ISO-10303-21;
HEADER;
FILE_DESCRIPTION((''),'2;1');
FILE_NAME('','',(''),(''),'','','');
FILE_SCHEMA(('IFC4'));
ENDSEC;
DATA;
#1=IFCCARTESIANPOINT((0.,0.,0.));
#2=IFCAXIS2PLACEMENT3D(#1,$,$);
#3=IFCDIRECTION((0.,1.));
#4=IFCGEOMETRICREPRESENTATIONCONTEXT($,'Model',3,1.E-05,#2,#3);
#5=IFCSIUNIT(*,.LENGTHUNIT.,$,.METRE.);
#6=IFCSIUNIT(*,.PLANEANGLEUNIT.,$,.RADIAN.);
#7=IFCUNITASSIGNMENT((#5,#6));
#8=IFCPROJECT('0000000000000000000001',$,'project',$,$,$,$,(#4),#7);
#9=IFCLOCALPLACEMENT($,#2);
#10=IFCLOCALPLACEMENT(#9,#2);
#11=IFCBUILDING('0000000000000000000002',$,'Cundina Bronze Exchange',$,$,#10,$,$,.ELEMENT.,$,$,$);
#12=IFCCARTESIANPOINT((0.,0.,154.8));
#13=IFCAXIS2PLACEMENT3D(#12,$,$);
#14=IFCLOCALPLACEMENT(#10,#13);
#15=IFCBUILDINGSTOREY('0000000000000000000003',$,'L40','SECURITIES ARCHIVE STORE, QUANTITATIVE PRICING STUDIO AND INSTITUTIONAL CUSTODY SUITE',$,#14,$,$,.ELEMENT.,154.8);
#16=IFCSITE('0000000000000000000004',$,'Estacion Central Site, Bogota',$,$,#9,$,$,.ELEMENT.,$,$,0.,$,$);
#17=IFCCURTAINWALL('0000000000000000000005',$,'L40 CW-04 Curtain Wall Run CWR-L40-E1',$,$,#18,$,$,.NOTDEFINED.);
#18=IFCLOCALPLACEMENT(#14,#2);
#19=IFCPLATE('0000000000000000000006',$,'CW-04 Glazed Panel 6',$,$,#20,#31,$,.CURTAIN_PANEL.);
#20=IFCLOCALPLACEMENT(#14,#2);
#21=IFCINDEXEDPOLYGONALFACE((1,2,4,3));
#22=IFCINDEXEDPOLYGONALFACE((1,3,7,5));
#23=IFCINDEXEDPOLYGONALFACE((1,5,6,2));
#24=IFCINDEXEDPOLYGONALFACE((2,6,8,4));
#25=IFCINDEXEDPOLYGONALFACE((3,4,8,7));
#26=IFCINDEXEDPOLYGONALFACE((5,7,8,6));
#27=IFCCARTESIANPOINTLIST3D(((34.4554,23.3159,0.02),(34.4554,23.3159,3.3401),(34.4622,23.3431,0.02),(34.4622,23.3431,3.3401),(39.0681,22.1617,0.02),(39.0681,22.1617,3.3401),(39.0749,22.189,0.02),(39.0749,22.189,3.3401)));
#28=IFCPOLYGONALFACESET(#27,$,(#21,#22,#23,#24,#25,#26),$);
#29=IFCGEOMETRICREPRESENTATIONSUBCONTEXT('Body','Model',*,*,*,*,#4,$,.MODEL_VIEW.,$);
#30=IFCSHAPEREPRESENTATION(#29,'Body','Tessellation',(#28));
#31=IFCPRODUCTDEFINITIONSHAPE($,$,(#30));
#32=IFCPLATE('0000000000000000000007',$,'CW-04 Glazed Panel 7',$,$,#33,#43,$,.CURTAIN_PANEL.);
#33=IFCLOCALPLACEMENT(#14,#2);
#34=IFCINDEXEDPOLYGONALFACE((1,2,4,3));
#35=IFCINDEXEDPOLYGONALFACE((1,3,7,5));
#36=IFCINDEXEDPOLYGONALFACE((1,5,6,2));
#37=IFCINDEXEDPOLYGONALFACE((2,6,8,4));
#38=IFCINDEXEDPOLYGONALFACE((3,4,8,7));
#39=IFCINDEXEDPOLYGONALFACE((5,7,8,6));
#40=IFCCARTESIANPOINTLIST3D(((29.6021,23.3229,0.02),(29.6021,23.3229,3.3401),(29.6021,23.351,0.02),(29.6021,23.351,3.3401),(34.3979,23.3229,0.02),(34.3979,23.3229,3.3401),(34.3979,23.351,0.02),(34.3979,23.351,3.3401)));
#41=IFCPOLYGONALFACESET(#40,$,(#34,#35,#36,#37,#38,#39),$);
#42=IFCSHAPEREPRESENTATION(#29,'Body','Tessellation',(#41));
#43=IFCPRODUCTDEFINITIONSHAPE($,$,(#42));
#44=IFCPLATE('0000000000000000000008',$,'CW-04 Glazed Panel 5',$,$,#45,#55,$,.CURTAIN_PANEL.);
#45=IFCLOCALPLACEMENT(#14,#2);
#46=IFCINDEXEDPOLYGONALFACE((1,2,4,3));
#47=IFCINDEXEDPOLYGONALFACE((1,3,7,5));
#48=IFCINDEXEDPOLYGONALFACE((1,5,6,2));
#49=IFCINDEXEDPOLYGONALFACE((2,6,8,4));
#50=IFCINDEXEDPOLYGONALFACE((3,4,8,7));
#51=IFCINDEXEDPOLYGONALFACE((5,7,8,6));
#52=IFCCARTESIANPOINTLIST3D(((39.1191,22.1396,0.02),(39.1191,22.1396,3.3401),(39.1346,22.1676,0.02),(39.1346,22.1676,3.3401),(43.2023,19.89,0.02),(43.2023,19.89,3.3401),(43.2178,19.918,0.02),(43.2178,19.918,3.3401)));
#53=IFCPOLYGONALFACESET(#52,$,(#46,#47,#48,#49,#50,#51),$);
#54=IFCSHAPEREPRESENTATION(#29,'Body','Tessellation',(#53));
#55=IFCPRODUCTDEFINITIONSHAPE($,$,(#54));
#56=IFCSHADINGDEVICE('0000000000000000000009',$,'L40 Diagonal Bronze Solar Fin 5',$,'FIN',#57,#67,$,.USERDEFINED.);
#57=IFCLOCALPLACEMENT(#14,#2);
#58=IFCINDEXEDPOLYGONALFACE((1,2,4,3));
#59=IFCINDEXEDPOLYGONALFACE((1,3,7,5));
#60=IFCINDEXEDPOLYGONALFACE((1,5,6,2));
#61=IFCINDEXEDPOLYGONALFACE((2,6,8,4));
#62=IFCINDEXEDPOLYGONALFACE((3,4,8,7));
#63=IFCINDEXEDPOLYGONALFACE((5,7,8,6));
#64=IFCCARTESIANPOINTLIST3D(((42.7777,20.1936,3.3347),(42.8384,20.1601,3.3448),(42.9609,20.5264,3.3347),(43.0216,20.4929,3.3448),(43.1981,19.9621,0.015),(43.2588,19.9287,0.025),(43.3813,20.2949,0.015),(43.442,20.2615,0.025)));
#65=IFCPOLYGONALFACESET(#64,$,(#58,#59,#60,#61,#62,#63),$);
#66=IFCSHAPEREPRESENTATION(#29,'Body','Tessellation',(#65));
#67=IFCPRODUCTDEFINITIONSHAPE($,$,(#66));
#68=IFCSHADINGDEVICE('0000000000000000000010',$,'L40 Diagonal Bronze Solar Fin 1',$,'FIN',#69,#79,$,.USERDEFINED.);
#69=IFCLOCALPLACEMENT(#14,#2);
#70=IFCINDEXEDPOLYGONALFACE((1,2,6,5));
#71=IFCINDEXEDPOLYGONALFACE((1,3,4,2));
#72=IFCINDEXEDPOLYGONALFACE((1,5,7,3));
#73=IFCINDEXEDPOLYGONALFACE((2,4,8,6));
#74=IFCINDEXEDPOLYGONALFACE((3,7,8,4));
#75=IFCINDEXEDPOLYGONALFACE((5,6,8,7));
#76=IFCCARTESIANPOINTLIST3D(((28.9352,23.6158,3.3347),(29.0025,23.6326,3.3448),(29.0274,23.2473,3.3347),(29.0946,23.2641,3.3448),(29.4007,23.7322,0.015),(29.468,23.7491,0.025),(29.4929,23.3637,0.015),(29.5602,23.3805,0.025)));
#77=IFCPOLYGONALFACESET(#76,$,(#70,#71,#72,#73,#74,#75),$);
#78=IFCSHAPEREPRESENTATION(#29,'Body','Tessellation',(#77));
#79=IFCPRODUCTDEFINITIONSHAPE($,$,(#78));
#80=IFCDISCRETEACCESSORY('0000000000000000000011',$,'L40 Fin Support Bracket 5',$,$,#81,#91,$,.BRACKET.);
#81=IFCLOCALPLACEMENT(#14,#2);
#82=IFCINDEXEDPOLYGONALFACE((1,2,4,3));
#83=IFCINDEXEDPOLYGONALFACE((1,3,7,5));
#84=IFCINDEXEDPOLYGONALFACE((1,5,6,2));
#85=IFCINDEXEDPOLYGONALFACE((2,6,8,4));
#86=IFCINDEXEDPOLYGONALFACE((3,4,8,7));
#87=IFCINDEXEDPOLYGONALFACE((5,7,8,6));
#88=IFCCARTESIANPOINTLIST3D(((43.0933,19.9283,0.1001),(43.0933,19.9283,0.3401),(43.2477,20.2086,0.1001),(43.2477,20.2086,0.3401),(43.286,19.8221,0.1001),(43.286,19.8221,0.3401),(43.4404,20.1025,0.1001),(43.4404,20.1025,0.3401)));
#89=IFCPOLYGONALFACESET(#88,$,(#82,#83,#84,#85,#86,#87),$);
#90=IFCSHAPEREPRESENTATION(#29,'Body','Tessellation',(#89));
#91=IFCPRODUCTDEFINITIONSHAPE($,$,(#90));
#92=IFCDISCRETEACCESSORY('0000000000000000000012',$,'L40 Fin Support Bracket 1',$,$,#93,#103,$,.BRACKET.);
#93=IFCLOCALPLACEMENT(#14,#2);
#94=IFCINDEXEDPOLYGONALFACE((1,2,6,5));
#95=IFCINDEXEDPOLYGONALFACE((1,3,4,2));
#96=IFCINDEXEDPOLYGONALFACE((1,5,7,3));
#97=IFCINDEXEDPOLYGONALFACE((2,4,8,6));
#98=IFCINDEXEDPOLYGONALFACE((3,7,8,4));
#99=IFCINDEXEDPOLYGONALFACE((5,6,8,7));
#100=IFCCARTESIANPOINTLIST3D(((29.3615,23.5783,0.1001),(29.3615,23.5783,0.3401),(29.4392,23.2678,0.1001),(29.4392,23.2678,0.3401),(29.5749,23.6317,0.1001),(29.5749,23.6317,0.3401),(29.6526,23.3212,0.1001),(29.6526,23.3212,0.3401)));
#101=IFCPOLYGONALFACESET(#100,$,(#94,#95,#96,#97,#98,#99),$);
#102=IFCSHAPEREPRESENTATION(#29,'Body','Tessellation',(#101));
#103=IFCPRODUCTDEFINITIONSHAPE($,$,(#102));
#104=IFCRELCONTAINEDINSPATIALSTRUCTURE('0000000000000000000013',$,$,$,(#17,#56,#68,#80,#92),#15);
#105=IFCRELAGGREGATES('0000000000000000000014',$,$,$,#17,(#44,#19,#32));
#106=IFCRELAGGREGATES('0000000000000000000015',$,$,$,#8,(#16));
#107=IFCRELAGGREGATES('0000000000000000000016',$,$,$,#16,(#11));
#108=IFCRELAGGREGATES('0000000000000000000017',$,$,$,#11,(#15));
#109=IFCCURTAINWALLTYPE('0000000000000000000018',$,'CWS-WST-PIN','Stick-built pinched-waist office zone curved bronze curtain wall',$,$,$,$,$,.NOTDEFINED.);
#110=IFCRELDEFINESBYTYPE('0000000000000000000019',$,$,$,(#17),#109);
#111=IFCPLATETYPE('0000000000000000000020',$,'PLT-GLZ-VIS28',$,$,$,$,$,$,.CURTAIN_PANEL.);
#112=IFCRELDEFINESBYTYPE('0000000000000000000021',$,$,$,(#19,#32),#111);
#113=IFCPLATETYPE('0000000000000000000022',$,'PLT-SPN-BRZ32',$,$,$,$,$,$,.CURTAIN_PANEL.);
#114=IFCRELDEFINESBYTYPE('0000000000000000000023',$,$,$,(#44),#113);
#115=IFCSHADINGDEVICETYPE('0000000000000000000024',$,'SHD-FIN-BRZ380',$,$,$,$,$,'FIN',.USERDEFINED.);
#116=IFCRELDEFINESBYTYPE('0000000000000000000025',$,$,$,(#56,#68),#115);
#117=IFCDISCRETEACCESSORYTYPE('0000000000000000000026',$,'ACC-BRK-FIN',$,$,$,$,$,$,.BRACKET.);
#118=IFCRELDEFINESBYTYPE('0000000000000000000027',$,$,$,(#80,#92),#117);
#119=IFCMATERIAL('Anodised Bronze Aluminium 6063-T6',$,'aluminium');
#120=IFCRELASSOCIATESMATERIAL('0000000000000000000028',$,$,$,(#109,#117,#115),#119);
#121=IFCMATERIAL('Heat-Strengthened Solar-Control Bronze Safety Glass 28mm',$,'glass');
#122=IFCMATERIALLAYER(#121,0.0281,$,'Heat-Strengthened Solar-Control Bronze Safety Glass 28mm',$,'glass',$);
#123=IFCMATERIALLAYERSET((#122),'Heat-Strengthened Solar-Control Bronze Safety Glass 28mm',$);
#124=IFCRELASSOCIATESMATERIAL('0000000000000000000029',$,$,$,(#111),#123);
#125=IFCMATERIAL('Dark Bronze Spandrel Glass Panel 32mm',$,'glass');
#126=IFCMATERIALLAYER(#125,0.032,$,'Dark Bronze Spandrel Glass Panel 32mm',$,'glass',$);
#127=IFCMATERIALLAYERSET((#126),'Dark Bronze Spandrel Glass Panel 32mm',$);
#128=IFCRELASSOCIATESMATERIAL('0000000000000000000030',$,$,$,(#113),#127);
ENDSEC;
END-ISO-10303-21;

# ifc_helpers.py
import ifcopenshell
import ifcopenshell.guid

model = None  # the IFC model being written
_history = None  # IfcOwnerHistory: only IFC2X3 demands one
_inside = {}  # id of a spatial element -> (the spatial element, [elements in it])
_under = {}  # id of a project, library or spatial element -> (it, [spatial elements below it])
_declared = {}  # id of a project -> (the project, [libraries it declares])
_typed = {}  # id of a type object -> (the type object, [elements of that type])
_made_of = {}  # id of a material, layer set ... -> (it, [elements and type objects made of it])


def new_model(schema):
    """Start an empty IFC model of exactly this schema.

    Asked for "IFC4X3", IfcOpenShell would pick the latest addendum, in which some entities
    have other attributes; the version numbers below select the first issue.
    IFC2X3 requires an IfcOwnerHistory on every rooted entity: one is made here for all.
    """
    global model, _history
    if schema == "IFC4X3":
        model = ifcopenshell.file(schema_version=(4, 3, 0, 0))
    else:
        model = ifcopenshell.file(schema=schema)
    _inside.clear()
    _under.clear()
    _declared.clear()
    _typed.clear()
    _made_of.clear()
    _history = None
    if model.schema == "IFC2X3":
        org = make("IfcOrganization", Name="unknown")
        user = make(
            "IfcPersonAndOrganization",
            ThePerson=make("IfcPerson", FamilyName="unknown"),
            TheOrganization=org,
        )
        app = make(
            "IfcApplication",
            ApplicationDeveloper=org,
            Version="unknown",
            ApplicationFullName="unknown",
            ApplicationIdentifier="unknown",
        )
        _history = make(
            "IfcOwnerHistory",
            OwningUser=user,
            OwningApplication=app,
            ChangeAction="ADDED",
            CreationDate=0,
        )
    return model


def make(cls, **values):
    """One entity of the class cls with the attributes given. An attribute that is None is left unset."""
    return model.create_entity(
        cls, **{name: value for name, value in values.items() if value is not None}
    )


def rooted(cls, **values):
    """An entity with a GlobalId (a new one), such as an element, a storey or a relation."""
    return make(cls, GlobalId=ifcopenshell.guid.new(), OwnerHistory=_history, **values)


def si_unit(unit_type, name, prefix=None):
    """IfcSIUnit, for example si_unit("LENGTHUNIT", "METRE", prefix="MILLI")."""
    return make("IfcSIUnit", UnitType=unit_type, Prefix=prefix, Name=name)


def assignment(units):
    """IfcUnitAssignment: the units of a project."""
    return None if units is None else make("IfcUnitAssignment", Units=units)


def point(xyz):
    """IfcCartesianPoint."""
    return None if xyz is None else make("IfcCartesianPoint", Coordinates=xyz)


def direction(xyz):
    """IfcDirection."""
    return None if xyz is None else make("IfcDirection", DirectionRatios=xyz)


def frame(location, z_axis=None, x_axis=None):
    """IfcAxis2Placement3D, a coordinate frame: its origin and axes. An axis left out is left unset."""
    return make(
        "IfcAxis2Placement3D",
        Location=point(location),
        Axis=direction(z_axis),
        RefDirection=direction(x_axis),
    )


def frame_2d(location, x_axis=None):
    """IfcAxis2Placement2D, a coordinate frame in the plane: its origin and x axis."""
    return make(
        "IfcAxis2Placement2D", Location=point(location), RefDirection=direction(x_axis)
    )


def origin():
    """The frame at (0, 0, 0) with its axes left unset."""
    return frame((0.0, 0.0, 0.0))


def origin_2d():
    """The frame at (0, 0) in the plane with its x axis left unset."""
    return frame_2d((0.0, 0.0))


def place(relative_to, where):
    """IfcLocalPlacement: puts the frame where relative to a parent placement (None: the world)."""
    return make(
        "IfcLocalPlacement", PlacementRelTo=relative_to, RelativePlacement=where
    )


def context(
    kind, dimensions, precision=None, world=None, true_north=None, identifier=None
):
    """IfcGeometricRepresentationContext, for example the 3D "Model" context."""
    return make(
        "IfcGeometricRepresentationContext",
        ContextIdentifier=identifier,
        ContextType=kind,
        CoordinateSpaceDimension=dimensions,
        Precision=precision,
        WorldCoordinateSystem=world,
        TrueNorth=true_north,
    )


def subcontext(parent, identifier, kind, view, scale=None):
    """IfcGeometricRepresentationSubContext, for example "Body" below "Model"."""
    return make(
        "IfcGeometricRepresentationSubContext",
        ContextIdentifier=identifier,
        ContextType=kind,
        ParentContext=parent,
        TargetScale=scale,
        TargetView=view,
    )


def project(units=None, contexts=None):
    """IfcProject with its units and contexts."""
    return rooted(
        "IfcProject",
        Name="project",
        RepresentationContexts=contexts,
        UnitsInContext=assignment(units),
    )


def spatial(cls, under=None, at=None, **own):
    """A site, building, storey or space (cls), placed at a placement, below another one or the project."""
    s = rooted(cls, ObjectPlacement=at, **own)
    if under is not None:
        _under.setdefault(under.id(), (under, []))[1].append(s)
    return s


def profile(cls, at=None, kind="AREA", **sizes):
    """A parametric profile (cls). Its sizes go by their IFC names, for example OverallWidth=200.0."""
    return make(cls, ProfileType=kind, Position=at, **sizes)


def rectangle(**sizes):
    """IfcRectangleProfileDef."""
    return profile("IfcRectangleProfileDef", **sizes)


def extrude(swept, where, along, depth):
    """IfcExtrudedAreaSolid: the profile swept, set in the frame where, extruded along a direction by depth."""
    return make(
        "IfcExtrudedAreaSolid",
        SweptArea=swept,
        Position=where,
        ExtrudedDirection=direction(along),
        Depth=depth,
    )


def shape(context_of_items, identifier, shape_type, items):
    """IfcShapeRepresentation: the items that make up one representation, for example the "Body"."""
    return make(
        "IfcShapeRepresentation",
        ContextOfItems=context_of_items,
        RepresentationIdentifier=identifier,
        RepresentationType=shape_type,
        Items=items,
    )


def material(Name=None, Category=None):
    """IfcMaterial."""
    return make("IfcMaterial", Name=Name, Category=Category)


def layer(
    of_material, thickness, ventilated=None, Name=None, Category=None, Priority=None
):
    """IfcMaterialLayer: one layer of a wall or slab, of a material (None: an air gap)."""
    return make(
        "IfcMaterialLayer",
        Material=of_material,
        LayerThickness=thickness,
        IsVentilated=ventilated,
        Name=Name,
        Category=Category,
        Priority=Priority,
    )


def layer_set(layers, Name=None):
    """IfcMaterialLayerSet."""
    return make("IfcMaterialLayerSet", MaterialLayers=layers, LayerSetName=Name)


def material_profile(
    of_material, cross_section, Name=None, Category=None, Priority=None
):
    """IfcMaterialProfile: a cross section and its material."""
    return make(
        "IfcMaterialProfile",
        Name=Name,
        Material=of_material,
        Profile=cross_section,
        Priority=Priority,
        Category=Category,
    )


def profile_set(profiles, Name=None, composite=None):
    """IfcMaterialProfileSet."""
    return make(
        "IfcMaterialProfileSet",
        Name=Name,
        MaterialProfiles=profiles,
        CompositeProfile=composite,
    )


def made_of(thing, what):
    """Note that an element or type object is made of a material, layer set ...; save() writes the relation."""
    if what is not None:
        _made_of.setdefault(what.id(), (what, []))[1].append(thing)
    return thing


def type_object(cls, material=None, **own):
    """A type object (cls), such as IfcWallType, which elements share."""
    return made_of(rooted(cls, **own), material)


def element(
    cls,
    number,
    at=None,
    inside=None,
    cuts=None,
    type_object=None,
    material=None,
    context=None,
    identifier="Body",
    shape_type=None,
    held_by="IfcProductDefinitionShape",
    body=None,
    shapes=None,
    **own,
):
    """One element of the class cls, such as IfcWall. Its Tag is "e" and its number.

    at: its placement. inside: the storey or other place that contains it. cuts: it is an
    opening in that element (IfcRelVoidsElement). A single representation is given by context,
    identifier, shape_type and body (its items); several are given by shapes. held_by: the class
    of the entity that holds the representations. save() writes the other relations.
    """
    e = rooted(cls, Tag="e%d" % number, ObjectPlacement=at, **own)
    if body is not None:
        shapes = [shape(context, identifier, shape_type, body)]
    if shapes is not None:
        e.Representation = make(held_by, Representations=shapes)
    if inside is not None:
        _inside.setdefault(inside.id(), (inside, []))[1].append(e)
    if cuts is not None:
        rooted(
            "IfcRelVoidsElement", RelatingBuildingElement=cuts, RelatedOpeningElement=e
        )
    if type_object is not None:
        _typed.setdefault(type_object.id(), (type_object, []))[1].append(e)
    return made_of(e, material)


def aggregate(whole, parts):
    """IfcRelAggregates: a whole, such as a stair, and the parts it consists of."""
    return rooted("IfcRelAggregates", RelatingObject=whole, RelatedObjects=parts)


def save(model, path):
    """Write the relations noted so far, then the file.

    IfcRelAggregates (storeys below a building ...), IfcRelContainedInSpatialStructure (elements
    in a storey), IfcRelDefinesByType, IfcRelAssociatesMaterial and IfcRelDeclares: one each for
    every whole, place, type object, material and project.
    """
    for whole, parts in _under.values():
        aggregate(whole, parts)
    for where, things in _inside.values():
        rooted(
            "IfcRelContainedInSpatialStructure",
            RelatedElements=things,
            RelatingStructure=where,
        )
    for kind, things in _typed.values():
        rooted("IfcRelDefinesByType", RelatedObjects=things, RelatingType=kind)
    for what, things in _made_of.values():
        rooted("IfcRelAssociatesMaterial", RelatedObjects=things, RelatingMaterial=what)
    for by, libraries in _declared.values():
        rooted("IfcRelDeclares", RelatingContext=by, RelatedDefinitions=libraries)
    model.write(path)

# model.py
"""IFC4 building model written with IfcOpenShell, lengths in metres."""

from ifc_helpers import new_model, si_unit, direction, frame, origin, origin_2d, place, context, subcontext, project, spatial, rectangle, extrude, material, layer, layer_set, material_profile, profile_set, type_object, element, aggregate, save


model = new_model("IFC4")

# Units and contexts
model_context = context("Model", 3, precision=1e-05, world=origin(), true_north=direction((0.0, 1.0)))
body_context = subcontext(model_context, "Body", "Model", "MODEL_VIEW")
ifc_project = project(units=[si_unit("LENGTHUNIT", "METRE"), si_unit("PLANEANGLEUNIT", "RADIAN")], contexts=[model_context])

# Site, building, storey
site_placement = place(None, origin())
site = spatial("IfcSite", under=ifc_project, at=site_placement, Name="Estacion Central Site, Bogota", CompositionType="ELEMENT", RefElevation=0.0)
building_placement = place(site_placement, origin())
building = spatial("IfcBuilding", under=site, at=building_placement, Name="Cundina Bronze Exchange", CompositionType="ELEMENT")
storey_placement = place(building_placement, frame((0.0, 0.0, 154.8)))
storey = spatial("IfcBuildingStorey", under=building, at=storey_placement, Name="L40", Description="SECURITIES ARCHIVE STORE, QUANTITATIVE PRICING STUDIO AND INSTITUTIONAL CUSTODY SUITE", CompositionType="ELEMENT", Elevation=154.8)

# Curtain wall
ifc_material_1 = material(Name="Anodised Bronze Aluminium 6063-T6", Category="aluminium")
curtain_wall_type = type_object("IfcCurtainWallType", Name="CWS-WST-PIN", Description="Stick-built pinched-waist office zone curved bronze curtain wall", PredefinedType="NOTDEFINED", material=ifc_material_1)
curtain_wall_1_placement = place(storey_placement, origin())
curtain_wall_1 = element("IfcCurtainWall", 1, at=curtain_wall_1_placement, inside=storey, type_object=curtain_wall_type, Name="L40 CW-04 Curtain Wall Run CWR-L40-E1", PredefinedType="NOTDEFINED")

# Plates
ifc_material_2 = material(Name="Heat-Strengthened Solar-Control Bronze Safety Glass 28mm", Category="glass")
ifc_layer_1 = layer(ifc_material_2, 0.0281, Name="Heat-Strengthened Solar-Control Bronze Safety Glass 28mm", Category="glass")
ifc_layer_set_1 = layer_set([ifc_layer_1], Name="Heat-Strengthened Solar-Control Bronze Safety Glass 28mm")
plate_type_1 = type_object("IfcPlateType", Name="PLT-GLZ-VIS28", PredefinedType="CURTAIN_PANEL", material=ifc_layer_set_1)
plate_1_placement = place(storey_placement, frame((36.7651, 22.7524, 0.02), z_axis=(0.0, 0.0, 1.0), x_axis=(-0.970093, 0.242735, 0.0)))
plate_1 = element("IfcPlate", 2, at=plate_1_placement, type_object=plate_type_1, Name="CW-04 Glazed Panel 6", PredefinedType="CURTAIN_PANEL", context=body_context, shape_type="SweptSolid", body=[
    extrude(rectangle(XDim=4.7549, YDim=0.0281, at=origin_2d()), origin(), (0.0, 0.0, 1.0), 3.3201),
])
plate_2_placement = place(storey_placement, frame((32.0, 23.3369, 0.02), z_axis=(0.0, 0.0, 1.0), x_axis=(-1.0, 0.0, 0.0)))
plate_2 = element("IfcPlate", 3, at=plate_2_placement, type_object=plate_type_1, Name="CW-04 Glazed Panel 7", PredefinedType="CURTAIN_PANEL", context=body_context, shape_type="SweptSolid", body=[
    extrude(rectangle(XDim=4.7959, YDim=0.0281, at=origin_2d()), origin(), (0.0, 0.0, 1.0), 3.3201),
])
ifc_material_3 = material(Name="Dark Bronze Spandrel Glass Panel 32mm", Category="glass")
ifc_layer_2 = layer(ifc_material_3, 0.032, Name="Dark Bronze Spandrel Glass Panel 32mm", Category="glass")
ifc_layer_set_2 = layer_set([ifc_layer_2], Name="Dark Bronze Spandrel Glass Panel 32mm")
plate_type_2 = type_object("IfcPlateType", Name="PLT-SPN-BRZ32", PredefinedType="CURTAIN_PANEL", material=ifc_layer_set_2)
plate_3_placement = place(storey_placement, frame((41.1685, 21.0288, 0.02), z_axis=(0.0, 0.0, 1.0), x_axis=(-0.875869, 0.482549, 0.0)))
plate_3 = element("IfcPlate", 4, at=plate_3_placement, type_object=plate_type_2, Name="CW-04 Glazed Panel 5", PredefinedType="CURTAIN_PANEL", context=body_context, shape_type="SweptSolid", body=[
    extrude(rectangle(XDim=4.6619, YDim=0.032, at=origin_2d()), origin(), (0.0, 0.0, 1.0), 3.3201),
])
aggregate(curtain_wall_1, [plate_3, plate_1, plate_2])

# Shading devices
ifc_material_profile_1 = material_profile(ifc_material_1, rectangle(XDim=0.0701, YDim=0.3799, at=origin_2d()), Name="FIN70X380", Category="aluminium")
ifc_profile_set_1 = profile_set([ifc_material_profile_1], Name="Anodised Bronze Aluminium 6063-T6")
shading_device_type = type_object("IfcShadingDeviceType", Name="SHD-FIN-BRZ380", ElementType="FIN", PredefinedType="USERDEFINED", material=ifc_profile_set_1)
for number, where, z_axis, x_axis, name in (
    (5, (43.3201, 20.1118, 0.02), (-0.125333, 0.068999, 0.989712), (0.86701, -0.477309, 0.143071), "L40 Diagonal Bronze Solar Fin 5"),
    (6, (29.4805, 23.5564, 0.02), (-0.138798, -0.034718, 0.989712), (0.960132, 0.240159, 0.143075), "L40 Diagonal Bronze Solar Fin 1"),
):
    element("IfcShadingDevice", number, at=place(storey_placement, frame(where, z_axis=z_axis, x_axis=x_axis)), inside=storey, type_object=shading_device_type, Name=name, ObjectType="FIN", PredefinedType="USERDEFINED", context=body_context, shape_type="SweptSolid", body=[
        extrude(rectangle(XDim=0.0701, YDim=0.3799, at=origin_2d()), origin(), (0.0, 0.0, 1.0), 3.3542),
    ])

# Discrete accessories
discrete_accessory_type = type_object("IfcDiscreteAccessoryType", Name="ACC-BRK-FIN", PredefinedType="BRACKET", material=ifc_material_1)
for number, where, z_axis, x_axis, name in (
    (7, (43.2668, 20.0154, 0.1001), (0.0, 0.0, 1.0), (-0.875869, 0.482549, 0.0), "L40 Fin Support Bracket 5"),
    (8, (29.5071, 23.4497, 0.1001), (0.0, 0.0, 1.0), (-0.970093, -0.242735, 0.0), "L40 Fin Support Bracket 1"),
):
    element("IfcDiscreteAccessory", number, at=place(storey_placement, frame(where, z_axis=z_axis, x_axis=x_axis)), inside=storey, type_object=discrete_accessory_type, Name=name, PredefinedType="BRACKET", context=body_context, shape_type="SweptSolid", body=[
        extrude(rectangle(XDim=0.22, YDim=0.3201, at=origin_2d()), origin(), (0.0, 0.0, 1.0), 0.24),
    ])

save(model, "model.ifc")
